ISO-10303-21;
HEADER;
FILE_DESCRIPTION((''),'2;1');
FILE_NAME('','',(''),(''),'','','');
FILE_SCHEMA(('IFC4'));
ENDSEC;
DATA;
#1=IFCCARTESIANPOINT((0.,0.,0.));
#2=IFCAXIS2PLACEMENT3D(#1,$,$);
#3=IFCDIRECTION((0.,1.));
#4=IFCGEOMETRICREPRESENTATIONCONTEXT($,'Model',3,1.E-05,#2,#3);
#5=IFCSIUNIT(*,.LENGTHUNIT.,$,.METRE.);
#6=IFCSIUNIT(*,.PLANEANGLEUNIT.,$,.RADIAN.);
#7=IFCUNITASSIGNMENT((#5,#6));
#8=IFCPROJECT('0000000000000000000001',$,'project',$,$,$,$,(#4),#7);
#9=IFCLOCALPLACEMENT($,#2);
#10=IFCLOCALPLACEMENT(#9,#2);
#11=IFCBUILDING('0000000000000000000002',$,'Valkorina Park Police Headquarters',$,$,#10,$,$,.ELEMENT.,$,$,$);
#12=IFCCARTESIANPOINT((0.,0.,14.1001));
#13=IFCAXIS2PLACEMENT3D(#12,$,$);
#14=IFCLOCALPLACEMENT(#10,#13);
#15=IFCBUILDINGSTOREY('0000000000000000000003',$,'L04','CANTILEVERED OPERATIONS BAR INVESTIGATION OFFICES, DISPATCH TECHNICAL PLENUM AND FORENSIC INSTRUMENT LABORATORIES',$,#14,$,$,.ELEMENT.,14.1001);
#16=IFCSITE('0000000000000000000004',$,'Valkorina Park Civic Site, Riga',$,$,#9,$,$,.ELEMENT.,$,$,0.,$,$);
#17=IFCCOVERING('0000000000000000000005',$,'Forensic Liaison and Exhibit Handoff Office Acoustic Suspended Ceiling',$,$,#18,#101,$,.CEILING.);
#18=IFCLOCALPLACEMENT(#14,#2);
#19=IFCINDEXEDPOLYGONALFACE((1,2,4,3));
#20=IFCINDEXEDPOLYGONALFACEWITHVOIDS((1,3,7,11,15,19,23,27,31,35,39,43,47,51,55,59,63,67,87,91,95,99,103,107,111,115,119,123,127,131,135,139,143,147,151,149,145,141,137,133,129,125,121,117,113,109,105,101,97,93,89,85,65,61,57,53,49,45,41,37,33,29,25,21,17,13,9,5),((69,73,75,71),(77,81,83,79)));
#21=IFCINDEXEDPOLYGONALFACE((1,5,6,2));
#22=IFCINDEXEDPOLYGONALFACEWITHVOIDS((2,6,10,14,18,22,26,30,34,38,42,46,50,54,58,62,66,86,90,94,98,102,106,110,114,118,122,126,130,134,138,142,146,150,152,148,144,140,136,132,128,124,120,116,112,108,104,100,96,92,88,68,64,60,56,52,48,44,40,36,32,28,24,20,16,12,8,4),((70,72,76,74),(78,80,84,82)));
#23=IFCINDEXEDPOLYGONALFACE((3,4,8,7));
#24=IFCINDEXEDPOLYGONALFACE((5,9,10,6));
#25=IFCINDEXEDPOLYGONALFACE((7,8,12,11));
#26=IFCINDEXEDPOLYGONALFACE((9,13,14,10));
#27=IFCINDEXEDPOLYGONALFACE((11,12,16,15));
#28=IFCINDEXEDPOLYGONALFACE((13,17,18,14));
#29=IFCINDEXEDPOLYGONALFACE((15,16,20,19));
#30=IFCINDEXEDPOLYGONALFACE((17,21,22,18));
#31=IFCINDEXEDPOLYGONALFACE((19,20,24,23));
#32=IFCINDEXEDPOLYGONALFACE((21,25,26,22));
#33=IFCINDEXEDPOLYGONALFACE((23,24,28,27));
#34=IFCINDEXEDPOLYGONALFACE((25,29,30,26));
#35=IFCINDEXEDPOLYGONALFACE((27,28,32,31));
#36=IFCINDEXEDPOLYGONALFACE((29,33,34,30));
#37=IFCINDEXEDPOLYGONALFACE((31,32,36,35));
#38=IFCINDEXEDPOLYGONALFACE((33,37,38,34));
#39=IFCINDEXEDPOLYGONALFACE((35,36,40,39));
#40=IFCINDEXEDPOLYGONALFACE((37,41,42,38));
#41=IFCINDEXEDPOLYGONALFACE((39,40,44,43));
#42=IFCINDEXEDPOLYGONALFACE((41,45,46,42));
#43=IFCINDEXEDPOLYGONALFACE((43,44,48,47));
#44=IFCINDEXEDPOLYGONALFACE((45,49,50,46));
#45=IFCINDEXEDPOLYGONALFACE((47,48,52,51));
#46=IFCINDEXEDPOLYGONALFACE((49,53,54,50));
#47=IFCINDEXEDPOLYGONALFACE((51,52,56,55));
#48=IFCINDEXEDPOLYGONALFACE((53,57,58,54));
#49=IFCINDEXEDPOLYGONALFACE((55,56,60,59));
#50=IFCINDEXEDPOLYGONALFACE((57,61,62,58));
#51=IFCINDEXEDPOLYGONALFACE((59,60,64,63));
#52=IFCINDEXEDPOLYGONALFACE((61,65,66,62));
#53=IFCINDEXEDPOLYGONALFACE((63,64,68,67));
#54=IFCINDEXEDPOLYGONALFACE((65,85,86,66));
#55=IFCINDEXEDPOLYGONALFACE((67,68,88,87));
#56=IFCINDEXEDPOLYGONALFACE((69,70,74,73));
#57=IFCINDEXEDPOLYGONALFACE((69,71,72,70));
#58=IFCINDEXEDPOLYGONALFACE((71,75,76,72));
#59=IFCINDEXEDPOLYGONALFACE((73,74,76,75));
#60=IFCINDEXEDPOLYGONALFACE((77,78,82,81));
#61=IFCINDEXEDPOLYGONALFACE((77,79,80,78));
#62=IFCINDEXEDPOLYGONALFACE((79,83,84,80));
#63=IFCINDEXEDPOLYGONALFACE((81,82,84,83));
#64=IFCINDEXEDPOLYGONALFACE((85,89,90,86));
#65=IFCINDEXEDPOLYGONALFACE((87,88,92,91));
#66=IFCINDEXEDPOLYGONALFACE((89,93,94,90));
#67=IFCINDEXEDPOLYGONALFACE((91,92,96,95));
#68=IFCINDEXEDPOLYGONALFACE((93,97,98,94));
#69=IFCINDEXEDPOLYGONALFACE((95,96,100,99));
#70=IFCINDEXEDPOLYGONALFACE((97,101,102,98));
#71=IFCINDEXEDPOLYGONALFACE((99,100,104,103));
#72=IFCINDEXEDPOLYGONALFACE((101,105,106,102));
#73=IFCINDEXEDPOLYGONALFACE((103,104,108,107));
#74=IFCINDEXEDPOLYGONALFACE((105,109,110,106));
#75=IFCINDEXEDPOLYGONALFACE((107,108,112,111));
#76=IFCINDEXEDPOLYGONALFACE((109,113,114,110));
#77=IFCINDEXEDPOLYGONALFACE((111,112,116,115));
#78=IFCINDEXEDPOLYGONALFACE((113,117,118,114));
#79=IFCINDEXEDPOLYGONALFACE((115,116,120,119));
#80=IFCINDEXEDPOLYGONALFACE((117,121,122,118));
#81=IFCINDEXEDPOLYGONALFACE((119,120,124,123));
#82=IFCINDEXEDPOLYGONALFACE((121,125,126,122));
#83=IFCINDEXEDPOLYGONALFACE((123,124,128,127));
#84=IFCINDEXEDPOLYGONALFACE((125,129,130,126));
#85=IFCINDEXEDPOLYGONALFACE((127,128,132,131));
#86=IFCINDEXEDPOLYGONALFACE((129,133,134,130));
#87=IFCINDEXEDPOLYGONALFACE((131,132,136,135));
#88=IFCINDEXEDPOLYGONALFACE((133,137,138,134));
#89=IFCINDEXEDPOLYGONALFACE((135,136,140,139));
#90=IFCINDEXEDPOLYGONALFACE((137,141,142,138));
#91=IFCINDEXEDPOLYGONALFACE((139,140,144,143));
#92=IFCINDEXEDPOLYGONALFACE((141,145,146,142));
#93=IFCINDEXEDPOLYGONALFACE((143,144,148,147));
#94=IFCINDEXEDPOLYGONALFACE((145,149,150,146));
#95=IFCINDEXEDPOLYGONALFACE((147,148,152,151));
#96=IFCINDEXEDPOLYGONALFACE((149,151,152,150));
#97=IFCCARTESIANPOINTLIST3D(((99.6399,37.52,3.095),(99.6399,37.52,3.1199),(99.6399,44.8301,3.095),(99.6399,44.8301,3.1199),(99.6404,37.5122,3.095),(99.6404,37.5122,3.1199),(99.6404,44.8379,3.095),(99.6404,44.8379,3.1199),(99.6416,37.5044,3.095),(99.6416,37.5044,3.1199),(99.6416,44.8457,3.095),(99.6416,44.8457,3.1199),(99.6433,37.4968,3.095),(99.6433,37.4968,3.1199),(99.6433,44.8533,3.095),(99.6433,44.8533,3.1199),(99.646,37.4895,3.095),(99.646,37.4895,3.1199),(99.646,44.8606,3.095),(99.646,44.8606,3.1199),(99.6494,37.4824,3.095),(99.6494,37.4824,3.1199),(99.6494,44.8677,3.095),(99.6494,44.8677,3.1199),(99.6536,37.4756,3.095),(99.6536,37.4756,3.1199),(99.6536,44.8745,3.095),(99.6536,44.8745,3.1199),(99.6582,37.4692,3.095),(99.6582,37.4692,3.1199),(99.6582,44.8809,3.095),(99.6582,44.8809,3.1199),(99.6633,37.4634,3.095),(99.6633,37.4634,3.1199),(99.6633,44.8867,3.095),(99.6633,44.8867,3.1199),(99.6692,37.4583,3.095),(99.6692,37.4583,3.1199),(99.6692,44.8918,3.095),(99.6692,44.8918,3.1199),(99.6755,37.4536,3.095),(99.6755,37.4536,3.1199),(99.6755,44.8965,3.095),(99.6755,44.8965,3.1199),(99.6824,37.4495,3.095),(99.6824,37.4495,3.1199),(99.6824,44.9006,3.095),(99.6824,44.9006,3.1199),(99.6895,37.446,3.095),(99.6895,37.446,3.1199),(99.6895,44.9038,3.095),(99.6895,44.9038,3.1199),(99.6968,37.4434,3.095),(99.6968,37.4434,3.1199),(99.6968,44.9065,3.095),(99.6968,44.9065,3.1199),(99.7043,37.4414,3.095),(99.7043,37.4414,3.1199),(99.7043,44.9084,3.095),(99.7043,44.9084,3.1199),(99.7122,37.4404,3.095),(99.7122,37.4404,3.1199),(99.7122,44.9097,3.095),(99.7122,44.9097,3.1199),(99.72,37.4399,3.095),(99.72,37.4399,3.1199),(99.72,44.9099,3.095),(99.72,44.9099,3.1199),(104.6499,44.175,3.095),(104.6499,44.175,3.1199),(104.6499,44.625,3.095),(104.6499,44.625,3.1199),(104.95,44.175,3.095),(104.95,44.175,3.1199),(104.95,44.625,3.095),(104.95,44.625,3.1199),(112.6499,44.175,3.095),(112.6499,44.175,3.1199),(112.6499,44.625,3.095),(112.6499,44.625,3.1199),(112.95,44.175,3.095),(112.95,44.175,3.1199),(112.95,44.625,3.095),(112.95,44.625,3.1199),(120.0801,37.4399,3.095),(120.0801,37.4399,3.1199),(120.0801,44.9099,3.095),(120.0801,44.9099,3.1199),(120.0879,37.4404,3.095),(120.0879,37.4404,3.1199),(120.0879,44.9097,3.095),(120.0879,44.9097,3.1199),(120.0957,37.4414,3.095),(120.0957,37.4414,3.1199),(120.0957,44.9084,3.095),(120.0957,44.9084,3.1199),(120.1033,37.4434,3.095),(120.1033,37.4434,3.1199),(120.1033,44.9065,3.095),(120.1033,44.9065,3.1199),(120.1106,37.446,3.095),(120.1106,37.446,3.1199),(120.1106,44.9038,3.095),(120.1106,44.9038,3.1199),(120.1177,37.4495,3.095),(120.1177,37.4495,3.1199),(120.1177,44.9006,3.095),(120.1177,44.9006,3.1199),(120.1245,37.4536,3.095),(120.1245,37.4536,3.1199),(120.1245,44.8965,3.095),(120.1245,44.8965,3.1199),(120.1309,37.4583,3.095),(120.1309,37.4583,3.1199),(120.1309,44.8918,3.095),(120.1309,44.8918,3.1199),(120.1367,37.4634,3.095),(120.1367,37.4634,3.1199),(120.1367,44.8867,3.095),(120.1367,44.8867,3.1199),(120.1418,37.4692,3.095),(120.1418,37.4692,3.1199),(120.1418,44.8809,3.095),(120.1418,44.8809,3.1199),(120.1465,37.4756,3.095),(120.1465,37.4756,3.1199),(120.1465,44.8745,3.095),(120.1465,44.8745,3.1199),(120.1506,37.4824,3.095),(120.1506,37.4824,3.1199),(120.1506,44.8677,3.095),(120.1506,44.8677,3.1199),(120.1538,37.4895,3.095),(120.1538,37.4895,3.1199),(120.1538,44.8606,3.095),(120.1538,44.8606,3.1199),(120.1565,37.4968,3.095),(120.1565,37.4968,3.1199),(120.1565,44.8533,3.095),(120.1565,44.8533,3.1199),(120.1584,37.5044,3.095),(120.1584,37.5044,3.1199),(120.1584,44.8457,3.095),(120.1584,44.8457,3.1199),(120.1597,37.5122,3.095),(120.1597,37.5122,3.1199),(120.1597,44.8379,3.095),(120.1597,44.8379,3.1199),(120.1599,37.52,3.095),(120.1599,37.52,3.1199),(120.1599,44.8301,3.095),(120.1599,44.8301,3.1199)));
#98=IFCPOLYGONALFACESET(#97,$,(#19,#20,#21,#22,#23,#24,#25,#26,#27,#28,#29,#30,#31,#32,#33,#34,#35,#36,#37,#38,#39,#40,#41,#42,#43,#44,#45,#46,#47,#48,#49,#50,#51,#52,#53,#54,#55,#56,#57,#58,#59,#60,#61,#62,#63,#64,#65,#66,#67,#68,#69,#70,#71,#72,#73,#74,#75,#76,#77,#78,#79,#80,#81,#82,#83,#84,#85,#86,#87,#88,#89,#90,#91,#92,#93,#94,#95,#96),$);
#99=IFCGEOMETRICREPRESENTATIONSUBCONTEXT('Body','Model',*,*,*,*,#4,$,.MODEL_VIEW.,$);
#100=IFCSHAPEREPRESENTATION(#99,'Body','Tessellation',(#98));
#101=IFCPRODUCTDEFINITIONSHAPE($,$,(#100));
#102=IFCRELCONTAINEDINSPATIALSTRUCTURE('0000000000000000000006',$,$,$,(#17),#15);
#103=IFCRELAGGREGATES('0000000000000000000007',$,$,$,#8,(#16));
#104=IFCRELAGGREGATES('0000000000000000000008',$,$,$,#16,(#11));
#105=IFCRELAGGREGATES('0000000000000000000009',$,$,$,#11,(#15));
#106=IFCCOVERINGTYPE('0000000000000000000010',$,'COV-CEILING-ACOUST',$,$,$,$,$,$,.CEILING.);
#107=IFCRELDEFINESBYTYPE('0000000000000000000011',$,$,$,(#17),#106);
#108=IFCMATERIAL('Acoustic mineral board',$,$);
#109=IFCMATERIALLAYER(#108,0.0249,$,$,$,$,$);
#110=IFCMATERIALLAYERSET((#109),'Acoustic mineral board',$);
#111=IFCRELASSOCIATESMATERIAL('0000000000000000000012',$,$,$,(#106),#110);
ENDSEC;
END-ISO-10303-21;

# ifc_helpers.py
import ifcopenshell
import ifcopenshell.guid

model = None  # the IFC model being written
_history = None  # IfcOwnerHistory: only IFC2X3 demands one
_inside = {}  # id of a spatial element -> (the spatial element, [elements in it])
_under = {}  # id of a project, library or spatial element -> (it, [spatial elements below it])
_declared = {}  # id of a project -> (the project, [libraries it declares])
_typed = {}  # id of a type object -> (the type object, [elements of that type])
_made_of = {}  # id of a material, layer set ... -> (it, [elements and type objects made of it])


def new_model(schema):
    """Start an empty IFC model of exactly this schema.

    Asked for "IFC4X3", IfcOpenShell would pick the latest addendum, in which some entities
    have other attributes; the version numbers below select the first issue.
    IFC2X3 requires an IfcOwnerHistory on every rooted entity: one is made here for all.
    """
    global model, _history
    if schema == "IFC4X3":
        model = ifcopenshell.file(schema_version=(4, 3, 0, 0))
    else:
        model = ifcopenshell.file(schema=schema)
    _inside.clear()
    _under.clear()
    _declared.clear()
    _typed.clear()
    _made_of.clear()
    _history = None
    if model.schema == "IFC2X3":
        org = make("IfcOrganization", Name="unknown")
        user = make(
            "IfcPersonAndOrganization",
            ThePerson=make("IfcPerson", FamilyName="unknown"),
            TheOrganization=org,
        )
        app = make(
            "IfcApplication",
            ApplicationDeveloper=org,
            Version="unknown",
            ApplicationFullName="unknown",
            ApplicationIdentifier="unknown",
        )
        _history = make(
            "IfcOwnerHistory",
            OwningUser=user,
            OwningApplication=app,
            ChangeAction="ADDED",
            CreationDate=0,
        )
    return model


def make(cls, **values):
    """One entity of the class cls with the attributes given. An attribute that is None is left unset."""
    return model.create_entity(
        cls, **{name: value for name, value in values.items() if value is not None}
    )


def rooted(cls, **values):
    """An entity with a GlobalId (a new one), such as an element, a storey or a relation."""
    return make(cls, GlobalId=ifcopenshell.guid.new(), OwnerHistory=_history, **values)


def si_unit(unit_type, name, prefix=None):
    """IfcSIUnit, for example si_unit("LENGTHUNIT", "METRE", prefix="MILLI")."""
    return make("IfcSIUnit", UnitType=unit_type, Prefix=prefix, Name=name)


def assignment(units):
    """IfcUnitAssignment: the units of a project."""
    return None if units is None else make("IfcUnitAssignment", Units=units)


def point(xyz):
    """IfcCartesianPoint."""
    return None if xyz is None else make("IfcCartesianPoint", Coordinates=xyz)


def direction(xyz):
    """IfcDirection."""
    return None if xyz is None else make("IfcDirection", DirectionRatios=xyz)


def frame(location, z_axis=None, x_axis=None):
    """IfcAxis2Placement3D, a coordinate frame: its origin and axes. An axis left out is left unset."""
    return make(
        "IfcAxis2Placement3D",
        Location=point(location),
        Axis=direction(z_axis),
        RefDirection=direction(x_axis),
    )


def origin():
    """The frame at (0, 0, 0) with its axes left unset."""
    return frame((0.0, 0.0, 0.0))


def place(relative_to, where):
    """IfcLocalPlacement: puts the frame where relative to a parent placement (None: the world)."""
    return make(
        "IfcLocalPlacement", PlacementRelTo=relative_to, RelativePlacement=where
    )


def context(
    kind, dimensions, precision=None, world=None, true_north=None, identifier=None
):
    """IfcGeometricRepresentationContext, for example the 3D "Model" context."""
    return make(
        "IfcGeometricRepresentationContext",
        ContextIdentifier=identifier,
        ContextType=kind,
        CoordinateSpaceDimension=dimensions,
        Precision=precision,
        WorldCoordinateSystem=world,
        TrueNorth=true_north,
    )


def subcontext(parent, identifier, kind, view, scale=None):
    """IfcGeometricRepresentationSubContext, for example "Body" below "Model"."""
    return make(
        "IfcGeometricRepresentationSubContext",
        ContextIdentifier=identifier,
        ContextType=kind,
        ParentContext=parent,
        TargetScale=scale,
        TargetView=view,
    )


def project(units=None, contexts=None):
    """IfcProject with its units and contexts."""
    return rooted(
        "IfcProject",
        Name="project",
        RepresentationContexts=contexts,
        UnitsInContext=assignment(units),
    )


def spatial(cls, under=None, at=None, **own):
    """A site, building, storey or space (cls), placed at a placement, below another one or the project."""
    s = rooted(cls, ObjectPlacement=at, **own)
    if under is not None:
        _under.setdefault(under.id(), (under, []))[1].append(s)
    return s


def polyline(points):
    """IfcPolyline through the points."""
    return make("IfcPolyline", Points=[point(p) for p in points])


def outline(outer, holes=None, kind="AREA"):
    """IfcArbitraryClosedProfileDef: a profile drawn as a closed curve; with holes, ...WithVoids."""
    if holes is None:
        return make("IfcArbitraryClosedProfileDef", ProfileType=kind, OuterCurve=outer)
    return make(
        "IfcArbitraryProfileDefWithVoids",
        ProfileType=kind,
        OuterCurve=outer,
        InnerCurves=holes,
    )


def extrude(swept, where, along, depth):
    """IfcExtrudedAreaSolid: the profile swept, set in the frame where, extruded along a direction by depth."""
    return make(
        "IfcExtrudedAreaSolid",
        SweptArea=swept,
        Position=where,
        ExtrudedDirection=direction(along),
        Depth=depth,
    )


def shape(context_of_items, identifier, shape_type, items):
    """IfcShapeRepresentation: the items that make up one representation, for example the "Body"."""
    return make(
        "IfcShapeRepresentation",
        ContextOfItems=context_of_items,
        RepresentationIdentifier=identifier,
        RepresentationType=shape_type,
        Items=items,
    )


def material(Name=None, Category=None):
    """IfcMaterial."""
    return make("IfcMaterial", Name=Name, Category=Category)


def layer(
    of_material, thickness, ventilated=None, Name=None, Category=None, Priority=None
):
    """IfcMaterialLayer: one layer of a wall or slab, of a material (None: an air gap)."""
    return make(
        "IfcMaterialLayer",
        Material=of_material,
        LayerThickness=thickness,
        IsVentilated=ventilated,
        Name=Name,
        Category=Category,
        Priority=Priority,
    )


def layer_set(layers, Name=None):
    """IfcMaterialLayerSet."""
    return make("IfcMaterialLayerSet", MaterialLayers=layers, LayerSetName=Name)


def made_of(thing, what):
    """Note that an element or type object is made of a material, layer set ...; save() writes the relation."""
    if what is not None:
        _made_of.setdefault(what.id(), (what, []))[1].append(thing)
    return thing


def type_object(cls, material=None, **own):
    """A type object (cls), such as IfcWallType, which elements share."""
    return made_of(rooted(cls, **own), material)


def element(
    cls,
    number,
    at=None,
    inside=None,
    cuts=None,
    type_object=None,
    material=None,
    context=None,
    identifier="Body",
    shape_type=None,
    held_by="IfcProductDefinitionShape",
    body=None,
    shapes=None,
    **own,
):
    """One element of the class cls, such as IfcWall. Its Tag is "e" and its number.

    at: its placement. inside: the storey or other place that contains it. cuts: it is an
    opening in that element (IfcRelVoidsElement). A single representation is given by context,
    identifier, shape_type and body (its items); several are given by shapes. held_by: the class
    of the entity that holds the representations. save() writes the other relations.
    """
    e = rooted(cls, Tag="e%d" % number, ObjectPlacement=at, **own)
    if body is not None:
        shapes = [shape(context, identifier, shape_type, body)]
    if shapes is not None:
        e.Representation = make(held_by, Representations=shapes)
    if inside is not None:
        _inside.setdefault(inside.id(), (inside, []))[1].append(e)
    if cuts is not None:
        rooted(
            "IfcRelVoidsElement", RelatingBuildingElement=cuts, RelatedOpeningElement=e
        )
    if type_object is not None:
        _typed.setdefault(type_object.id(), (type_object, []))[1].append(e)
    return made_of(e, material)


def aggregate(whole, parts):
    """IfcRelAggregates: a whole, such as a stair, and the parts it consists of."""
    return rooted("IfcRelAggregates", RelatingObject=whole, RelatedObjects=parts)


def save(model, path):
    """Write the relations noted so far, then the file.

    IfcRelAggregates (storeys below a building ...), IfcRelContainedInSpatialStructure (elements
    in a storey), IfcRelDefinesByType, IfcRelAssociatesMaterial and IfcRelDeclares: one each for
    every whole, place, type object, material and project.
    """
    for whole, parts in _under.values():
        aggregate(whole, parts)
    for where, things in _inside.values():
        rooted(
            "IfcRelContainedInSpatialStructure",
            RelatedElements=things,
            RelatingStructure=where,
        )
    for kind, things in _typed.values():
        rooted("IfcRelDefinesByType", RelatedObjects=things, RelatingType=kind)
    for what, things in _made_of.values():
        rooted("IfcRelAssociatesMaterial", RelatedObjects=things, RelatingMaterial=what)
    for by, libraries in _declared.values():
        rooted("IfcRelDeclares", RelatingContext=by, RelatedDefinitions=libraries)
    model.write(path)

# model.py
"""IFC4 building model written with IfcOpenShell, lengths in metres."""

from ifc_helpers import new_model, si_unit, direction, frame, origin, place, context, subcontext, project, spatial, polyline, outline, extrude, material, layer, layer_set, type_object, element, save


model = new_model("IFC4")

# Units and contexts
model_context = context("Model", 3, precision=1e-05, world=origin(), true_north=direction((0.0, 1.0)))
body_context = subcontext(model_context, "Body", "Model", "MODEL_VIEW")
ifc_project = project(units=[si_unit("LENGTHUNIT", "METRE"), si_unit("PLANEANGLEUNIT", "RADIAN")], contexts=[model_context])

# Site, building, storey
site_placement = place(None, origin())
site = spatial("IfcSite", under=ifc_project, at=site_placement, Name="Valkorina Park Civic Site, Riga", CompositionType="ELEMENT", RefElevation=0.0)
building_placement = place(site_placement, origin())
building = spatial("IfcBuilding", under=site, at=building_placement, Name="Valkorina Park Police Headquarters", CompositionType="ELEMENT")
storey_placement = place(building_placement, frame((0.0, 0.0, 14.1001)))
storey = spatial("IfcBuildingStorey", under=building, at=storey_placement, Name="L04", Description="CANTILEVERED OPERATIONS BAR INVESTIGATION OFFICES, DISPATCH TECHNICAL PLENUM AND FORENSIC INSTRUMENT LABORATORIES", CompositionType="ELEMENT", Elevation=14.1001)

# Covering
ifc_material_1 = material(Name="Acoustic mineral board")
ifc_layer_1 = layer(ifc_material_1, 0.0249)
ifc_layer_set_1 = layer_set([ifc_layer_1], Name="Acoustic mineral board")
covering_type_1 = type_object("IfcCoveringType", Name="COV-CEILING-ACOUST", PredefinedType="CEILING", material=ifc_layer_set_1)
covering_1_placement = place(storey_placement, frame((0.0, 0.0, 3.095)))
element("IfcCovering", 1, at=covering_1_placement, inside=storey, type_object=covering_type_1, Name="Forensic Liaison and Exhibit Handoff Office Acoustic Suspended Ceiling", PredefinedType="CEILING", context=body_context, shape_type="SweptSolid", body=[
    extrude(outline(polyline([(120.1584, 37.5044), (120.1597, 37.5122), (120.1599, 37.52), (120.1599, 44.8301), (120.1597, 44.8379), (120.1584, 44.8457), (120.1565, 44.8533), (120.1538, 44.8606), (120.1506, 44.8677), (120.1465, 44.8745), (120.1418, 44.8809), (120.1367, 44.8867), (120.1309, 44.8918), (120.1245, 44.8965), (120.1177, 44.9006), (120.1106, 44.9038), (120.1033, 44.9065), (120.0957, 44.9084), (120.0879, 44.9097), (120.0801, 44.9099), (99.72, 44.9099), (99.7122, 44.9097), (99.7043, 44.9084), (99.6968, 44.9065), (99.6895, 44.9038), (99.6824, 44.9006), (99.6755, 44.8965), (99.6692, 44.8918), (99.6633, 44.8867), (99.6582, 44.8809), (99.6536, 44.8745), (99.6494, 44.8677), (99.646, 44.8606), (99.6433, 44.8533), (99.6416, 44.8457), (99.6404, 44.8379), (99.6399, 44.8301), (99.6399, 37.52), (99.6404, 37.5122), (99.6416, 37.5044), (99.6433, 37.4968), (99.646, 37.4895), (99.6494, 37.4824), (99.6536, 37.4756), (99.6582, 37.4692), (99.6633, 37.4634), (99.6692, 37.4583), (99.6755, 37.4536), (99.6824, 37.4495), (99.6895, 37.446), (99.6968, 37.4434), (99.7043, 37.4414), (99.7122, 37.4404), (99.72, 37.4399), (120.0801, 37.4399), (120.0879, 37.4404), (120.0957, 37.4414), (120.1033, 37.4434), (120.1106, 37.446), (120.1177, 37.4495), (120.1245, 37.4536), (120.1309, 37.4583), (120.1367, 37.4634), (120.1418, 37.4692), (120.1465, 37.4756), (120.1506, 37.4824), (120.1538, 37.4895), (120.1565, 37.4968), (120.1584, 37.5044)]), holes=[polyline([(112.95, 44.625), (112.95, 44.175), (112.6499, 44.175), (112.6499, 44.625), (112.95, 44.625)]), polyline([(104.95, 44.625), (104.95, 44.175), (104.6499, 44.175), (104.6499, 44.625), (104.95, 44.625)])]), origin(), (0.0, 0.0, 1.0), 0.0249),
])

save(model, "model.ifc")
